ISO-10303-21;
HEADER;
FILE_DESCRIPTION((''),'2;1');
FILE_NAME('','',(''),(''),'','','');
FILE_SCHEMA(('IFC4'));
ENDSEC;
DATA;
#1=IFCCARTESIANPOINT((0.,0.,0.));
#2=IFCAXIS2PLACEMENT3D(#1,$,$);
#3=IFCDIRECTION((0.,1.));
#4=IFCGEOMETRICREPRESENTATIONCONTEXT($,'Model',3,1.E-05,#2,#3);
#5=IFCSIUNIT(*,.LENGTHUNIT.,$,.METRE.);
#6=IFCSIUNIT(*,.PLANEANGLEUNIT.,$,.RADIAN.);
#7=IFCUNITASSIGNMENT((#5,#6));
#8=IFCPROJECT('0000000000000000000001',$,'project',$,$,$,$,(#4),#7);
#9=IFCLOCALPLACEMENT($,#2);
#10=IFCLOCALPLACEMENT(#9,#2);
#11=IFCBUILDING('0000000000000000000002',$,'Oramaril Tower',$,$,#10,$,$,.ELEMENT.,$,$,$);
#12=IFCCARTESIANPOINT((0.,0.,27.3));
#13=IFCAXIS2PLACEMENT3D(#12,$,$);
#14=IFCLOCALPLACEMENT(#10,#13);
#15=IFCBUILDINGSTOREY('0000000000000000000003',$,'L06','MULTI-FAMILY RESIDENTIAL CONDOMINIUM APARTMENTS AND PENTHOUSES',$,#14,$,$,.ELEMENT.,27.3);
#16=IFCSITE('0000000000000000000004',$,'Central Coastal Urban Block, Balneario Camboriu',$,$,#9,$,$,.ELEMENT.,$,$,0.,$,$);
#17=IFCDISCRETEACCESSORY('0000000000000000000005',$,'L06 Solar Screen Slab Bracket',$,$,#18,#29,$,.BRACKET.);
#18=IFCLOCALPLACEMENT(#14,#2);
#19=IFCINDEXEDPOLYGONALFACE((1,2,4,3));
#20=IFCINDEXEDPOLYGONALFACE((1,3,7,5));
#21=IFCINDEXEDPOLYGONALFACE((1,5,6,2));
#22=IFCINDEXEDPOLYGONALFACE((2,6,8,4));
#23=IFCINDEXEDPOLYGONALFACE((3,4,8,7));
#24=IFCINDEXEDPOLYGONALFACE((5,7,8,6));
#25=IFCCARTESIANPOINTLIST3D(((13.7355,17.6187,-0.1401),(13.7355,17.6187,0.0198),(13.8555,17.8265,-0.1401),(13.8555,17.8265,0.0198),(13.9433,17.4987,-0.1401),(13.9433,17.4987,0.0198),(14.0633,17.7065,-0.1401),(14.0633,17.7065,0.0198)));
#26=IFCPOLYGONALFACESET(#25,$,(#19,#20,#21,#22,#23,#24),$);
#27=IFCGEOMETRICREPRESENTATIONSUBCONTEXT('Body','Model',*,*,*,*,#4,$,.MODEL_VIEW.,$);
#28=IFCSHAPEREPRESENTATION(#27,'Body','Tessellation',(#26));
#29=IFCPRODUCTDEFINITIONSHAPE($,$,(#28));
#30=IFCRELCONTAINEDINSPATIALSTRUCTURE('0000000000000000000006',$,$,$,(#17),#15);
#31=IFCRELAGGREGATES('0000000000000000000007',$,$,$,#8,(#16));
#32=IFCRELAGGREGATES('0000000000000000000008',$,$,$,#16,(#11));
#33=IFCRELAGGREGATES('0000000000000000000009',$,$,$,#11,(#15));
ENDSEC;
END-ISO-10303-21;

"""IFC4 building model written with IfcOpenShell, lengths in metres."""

from ifc_helpers import new_model, si_unit, direction, frame, origin, origin_2d, place, context, subcontext, project, spatial, rectangle, extrude, element, save


model = new_model("IFC4")

# Units and contexts
model_context = context("Model", 3, precision=1e-05, world=origin(), true_north=direction((0.0, 1.0)))
body_context = subcontext(model_context, "Body", "Model", "MODEL_VIEW")
ifc_project = project(units=[si_unit("LENGTHUNIT", "METRE"), si_unit("PLANEANGLEUNIT", "RADIAN")], contexts=[model_context])

# Site, building, storey
site_placement = place(None, origin())
site = spatial("IfcSite", under=ifc_project, at=site_placement, Name="Central Coastal Urban Block, Balneario Camboriu", CompositionType="ELEMENT", RefElevation=0.0)
building_placement = place(site_placement, origin())
building = spatial("IfcBuilding", under=site, at=building_placement, Name="Oramaril Tower", CompositionType="ELEMENT")
storey_placement = place(building_placement, frame((0.0, 0.0, 27.3)))
storey = spatial("IfcBuildingStorey", under=building, at=storey_placement, Name="L06", Description="MULTI-FAMILY RESIDENTIAL CONDOMINIUM APARTMENTS AND PENTHOUSES", CompositionType="ELEMENT", Elevation=27.3)

# Discrete accessory
for number, where, z_axis, x_axis, name in (
    (1, (13.8994, 17.6626, -0.1401), (0.0, 0.0, 1.0), (-0.5, -0.866025, 0.0), "L06 Solar Screen Slab Bracket"),
):
    element("IfcDiscreteAccessory", number, at=place(storey_placement, frame(where, z_axis=z_axis, x_axis=x_axis)), inside=storey, Name=name, PredefinedType="BRACKET", context=body_context, shape_type="SweptSolid", body=[
        extrude(rectangle(XDim=0.24, YDim=0.24, at=origin_2d()), origin(), (0.0, 0.0, 1.0), 0.1599),
    ])

save(model, "model.ifc")
